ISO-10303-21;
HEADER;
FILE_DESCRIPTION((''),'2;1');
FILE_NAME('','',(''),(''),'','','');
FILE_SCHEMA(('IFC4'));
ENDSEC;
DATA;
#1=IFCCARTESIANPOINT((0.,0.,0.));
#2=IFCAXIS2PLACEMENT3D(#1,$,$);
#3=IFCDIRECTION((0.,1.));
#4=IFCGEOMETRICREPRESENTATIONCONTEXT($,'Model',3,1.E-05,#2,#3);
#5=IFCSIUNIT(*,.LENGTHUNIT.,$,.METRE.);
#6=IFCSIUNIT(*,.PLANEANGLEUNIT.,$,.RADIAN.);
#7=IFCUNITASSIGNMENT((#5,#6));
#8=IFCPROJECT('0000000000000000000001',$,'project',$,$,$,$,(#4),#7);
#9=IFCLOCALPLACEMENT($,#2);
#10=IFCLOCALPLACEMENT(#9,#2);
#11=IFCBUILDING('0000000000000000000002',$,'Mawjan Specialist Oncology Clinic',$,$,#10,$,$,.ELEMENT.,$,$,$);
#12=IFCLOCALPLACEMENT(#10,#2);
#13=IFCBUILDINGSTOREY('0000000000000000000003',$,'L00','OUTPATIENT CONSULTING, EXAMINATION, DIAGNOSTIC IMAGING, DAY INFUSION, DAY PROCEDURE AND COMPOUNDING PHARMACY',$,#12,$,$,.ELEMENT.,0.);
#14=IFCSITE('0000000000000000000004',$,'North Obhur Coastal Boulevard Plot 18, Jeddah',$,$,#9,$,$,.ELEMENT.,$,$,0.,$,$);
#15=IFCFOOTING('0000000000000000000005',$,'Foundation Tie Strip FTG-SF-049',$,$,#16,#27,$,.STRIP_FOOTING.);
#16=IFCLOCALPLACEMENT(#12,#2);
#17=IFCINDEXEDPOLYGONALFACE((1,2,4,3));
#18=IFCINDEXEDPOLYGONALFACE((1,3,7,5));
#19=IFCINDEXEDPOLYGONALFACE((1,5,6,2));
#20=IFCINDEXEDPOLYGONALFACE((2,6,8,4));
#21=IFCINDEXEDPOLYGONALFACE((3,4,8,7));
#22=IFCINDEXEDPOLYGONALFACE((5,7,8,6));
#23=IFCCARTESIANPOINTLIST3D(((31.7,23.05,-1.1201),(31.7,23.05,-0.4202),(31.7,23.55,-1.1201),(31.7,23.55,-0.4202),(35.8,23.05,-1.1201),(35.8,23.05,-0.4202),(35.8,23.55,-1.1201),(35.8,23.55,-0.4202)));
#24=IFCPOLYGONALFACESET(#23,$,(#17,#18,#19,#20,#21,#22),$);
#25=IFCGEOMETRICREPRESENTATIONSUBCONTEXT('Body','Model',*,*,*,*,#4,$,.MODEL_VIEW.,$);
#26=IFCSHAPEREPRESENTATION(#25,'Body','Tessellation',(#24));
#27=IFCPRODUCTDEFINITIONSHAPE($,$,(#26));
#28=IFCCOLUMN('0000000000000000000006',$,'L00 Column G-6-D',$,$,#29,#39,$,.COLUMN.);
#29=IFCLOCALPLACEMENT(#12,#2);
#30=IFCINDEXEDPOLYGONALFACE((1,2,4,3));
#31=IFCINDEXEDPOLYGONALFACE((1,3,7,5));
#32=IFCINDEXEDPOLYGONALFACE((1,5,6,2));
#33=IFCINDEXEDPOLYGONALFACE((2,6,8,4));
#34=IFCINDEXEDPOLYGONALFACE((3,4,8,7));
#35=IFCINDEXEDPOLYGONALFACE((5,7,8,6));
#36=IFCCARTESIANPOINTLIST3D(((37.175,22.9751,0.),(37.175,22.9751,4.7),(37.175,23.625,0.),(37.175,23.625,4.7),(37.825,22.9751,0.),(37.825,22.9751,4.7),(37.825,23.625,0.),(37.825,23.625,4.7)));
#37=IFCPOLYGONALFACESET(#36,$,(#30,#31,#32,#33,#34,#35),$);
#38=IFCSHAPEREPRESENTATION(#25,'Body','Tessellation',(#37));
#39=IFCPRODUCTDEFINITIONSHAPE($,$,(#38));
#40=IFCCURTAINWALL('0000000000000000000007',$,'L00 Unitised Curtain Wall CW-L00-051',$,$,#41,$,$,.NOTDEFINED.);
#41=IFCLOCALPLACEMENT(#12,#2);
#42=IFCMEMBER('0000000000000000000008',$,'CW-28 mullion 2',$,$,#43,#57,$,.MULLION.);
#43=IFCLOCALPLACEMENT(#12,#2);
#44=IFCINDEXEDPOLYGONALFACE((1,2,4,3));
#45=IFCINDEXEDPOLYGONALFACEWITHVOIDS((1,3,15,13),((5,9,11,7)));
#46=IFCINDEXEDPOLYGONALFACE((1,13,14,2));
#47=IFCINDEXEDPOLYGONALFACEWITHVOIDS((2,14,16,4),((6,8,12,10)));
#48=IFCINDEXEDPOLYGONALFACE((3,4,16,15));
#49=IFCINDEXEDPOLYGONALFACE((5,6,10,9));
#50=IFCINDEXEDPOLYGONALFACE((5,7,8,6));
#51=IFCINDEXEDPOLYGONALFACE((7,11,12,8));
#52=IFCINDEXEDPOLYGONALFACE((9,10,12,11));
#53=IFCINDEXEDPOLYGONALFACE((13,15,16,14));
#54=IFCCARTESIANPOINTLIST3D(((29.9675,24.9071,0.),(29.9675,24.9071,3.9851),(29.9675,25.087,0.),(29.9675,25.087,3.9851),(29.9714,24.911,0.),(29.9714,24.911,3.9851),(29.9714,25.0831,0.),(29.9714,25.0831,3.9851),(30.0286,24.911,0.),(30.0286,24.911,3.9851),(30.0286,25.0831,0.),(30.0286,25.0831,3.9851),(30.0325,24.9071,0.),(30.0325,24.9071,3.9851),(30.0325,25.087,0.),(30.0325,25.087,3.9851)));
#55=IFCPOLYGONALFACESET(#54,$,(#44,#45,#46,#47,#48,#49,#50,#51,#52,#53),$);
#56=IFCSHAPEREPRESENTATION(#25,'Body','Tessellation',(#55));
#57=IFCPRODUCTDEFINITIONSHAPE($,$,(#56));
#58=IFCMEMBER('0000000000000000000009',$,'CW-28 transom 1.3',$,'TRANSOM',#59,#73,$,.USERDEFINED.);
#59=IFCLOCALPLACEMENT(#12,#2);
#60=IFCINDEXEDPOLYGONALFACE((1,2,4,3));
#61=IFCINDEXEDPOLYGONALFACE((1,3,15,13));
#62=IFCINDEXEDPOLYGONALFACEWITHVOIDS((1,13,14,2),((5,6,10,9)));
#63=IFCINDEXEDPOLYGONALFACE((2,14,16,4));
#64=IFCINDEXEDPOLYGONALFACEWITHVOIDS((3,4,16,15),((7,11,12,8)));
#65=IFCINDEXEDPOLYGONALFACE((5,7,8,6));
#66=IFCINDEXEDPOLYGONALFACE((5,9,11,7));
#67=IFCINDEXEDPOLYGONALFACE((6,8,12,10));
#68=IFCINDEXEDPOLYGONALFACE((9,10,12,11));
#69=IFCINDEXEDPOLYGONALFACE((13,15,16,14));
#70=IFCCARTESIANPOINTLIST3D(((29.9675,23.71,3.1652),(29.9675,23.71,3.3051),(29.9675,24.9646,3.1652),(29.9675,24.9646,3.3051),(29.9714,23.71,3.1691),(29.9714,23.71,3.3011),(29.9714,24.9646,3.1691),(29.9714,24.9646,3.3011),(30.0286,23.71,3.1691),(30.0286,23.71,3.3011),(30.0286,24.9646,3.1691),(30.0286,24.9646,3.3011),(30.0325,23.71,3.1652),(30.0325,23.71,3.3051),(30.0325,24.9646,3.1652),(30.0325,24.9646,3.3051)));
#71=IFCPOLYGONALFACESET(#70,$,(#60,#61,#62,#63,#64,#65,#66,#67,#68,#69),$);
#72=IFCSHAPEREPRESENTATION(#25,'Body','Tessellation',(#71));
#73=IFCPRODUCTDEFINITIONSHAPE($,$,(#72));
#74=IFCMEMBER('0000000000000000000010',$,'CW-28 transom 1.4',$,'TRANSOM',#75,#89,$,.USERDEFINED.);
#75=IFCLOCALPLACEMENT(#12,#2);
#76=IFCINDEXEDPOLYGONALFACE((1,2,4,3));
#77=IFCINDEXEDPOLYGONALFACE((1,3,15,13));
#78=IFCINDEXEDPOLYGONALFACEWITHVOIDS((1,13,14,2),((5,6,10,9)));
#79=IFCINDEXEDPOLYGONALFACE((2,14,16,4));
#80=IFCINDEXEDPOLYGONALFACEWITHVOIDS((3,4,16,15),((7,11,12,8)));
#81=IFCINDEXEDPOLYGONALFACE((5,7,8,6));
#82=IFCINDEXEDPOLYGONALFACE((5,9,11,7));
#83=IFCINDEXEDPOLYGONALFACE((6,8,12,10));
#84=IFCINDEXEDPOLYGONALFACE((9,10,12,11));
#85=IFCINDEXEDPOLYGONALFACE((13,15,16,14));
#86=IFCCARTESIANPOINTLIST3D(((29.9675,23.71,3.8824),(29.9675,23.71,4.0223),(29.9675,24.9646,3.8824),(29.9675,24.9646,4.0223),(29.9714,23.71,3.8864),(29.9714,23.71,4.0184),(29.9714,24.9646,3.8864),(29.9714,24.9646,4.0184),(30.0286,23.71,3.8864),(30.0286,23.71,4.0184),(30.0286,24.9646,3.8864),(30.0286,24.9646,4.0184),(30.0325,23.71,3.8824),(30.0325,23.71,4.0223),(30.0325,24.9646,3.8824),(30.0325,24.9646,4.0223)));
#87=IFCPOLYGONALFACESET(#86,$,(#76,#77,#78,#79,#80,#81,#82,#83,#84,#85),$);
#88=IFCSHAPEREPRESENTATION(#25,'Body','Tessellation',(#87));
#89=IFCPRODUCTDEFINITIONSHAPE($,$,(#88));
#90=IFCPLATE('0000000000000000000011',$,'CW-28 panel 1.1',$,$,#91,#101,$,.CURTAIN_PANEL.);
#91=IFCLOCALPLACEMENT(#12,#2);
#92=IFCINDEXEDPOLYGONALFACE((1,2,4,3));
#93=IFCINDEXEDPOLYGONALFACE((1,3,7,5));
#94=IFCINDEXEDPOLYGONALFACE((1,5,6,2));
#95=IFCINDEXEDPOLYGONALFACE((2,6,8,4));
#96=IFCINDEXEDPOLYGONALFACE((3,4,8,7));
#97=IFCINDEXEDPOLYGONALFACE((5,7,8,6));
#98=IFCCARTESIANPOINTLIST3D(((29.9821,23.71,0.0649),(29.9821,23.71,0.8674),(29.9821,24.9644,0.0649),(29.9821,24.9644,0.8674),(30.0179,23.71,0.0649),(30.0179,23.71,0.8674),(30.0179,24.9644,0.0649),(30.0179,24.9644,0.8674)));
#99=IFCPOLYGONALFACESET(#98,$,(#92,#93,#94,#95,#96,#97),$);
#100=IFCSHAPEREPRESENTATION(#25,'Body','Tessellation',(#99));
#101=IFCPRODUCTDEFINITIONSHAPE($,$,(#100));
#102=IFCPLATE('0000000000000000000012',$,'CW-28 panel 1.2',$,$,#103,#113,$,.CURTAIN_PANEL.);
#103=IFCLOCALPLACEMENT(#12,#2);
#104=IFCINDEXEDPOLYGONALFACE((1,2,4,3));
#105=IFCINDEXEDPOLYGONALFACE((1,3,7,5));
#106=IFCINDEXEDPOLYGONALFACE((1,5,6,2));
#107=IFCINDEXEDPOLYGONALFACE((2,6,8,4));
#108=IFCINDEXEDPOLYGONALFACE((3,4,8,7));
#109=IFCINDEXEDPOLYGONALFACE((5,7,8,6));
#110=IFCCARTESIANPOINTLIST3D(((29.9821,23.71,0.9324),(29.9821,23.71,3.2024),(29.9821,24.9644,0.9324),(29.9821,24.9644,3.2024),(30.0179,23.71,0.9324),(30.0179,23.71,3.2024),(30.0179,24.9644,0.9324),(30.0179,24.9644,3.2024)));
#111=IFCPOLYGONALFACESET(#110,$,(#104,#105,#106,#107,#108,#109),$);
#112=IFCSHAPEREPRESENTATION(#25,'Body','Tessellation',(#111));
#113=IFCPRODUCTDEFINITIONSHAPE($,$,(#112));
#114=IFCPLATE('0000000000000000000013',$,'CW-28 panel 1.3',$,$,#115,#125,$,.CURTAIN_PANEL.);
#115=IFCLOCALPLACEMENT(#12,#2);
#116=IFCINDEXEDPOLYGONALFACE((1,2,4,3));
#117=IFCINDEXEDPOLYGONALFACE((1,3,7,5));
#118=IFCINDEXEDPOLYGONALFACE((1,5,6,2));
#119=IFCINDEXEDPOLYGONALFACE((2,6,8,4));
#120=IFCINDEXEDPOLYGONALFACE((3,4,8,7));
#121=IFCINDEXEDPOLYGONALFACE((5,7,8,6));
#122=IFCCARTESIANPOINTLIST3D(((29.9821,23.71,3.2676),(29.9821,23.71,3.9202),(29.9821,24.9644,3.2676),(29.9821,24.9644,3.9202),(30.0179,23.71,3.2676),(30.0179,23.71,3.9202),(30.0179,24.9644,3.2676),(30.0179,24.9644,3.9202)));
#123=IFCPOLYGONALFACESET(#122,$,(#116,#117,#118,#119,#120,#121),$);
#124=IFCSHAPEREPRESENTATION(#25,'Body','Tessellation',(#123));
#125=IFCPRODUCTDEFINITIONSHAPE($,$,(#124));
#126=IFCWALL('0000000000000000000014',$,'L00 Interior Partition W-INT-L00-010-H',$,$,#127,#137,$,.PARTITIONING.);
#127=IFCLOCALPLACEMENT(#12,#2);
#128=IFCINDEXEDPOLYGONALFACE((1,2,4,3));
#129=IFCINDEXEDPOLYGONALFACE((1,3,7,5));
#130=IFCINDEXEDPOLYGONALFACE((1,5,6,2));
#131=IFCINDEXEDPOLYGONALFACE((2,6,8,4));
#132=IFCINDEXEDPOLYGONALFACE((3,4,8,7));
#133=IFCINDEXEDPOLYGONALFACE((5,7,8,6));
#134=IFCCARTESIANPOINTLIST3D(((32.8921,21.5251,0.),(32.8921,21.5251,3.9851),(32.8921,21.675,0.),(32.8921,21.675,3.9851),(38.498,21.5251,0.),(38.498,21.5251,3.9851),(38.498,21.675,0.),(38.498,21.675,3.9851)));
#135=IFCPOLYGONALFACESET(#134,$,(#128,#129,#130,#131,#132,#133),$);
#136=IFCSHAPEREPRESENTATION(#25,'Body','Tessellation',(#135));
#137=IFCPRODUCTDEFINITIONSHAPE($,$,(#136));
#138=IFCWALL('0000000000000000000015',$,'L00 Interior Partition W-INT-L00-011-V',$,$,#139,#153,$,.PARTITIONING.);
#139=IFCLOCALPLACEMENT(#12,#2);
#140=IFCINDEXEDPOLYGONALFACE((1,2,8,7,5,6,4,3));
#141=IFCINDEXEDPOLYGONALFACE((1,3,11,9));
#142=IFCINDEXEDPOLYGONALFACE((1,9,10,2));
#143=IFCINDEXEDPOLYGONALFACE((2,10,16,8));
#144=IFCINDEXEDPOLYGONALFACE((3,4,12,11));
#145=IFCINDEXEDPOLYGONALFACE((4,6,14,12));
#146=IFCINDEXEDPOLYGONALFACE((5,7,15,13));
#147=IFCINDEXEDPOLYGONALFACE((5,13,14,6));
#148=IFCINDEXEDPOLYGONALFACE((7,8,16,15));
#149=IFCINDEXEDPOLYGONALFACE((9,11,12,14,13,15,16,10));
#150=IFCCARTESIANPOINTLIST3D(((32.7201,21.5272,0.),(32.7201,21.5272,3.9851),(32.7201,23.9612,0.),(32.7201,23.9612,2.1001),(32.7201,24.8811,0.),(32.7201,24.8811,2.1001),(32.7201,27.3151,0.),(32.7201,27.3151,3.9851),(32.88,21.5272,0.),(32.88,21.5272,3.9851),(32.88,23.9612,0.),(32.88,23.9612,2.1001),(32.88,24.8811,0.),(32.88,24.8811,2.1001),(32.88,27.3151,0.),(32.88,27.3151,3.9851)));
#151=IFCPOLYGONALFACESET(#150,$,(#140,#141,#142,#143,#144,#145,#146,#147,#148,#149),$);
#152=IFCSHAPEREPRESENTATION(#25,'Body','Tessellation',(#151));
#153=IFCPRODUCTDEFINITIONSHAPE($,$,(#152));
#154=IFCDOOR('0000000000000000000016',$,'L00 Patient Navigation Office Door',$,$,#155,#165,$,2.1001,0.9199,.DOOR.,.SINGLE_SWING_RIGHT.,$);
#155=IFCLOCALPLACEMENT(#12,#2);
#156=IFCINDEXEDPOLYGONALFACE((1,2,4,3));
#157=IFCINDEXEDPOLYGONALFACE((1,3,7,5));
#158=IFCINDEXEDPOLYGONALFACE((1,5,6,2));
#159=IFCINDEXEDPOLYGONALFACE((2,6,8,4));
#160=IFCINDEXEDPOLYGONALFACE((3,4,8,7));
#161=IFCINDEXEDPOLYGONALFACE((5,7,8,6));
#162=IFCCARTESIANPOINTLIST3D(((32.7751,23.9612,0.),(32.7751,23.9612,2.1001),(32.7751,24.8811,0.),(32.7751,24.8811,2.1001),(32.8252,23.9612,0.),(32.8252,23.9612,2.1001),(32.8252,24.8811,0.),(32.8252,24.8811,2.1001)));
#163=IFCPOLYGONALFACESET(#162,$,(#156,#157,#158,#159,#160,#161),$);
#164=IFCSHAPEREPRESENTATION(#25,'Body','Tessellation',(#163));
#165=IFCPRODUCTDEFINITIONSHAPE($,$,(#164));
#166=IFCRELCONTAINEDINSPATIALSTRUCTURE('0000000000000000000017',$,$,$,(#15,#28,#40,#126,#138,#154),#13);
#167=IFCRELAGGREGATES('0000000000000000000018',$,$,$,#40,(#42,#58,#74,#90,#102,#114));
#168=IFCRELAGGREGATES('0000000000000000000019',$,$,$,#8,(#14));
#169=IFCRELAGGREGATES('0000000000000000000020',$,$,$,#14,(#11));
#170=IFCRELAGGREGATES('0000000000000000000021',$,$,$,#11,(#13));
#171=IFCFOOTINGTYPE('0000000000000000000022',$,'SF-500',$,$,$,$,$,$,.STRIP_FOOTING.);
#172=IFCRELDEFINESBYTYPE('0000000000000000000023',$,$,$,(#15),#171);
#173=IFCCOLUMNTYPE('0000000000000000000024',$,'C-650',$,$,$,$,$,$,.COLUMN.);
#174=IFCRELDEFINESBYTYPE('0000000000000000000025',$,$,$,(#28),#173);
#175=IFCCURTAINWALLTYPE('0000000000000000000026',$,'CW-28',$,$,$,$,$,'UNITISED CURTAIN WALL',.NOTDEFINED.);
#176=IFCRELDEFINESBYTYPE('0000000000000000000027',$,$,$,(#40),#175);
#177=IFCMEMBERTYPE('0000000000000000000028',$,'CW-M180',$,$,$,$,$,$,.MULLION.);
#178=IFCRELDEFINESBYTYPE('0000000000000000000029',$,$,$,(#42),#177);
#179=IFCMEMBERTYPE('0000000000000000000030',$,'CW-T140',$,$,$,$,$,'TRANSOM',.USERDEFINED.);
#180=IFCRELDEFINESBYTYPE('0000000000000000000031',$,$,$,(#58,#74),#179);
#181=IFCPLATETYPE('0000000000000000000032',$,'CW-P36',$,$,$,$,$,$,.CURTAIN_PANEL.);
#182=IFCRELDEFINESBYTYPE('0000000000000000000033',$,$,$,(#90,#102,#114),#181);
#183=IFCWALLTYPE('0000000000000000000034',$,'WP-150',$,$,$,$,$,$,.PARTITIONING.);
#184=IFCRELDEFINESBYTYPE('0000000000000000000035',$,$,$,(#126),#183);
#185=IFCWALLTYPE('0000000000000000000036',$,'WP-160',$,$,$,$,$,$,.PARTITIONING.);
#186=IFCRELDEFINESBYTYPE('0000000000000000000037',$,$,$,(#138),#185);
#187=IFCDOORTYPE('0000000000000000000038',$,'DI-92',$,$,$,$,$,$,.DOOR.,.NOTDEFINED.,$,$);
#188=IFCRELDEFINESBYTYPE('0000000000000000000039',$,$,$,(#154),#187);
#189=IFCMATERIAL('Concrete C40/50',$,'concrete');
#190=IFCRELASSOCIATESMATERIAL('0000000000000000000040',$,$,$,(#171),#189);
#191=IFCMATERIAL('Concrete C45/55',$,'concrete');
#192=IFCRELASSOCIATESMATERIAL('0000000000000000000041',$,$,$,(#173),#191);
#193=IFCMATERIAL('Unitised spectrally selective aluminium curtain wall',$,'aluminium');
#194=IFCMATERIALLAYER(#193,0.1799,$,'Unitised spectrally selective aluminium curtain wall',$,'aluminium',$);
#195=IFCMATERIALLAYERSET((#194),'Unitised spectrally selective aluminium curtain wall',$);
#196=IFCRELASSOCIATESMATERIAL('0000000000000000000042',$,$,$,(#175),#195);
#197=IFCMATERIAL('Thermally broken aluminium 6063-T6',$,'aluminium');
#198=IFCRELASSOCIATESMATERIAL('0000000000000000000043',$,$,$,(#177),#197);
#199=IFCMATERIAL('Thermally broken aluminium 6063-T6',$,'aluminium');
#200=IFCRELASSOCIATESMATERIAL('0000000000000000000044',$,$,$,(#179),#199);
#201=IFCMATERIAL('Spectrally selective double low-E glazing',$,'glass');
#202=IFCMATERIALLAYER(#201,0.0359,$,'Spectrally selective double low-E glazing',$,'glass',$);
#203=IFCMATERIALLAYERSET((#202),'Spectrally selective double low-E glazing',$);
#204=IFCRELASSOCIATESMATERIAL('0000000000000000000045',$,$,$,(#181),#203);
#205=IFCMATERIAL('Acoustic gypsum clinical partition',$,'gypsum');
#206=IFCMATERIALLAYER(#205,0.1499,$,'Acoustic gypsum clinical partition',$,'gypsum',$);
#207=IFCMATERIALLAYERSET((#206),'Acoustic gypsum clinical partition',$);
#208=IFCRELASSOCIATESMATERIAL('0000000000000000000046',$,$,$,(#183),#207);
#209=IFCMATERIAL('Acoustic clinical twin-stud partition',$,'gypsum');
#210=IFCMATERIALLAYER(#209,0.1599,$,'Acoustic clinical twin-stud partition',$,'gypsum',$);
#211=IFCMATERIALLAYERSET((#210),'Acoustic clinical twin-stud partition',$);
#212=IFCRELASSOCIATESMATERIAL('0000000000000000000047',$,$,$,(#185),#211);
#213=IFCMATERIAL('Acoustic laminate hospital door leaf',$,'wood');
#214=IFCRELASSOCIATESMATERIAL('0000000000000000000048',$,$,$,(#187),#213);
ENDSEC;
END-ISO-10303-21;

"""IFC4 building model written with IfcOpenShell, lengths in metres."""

from ifc_helpers import new_model, si_unit, direction, frame, frame_2d, origin, origin_2d, place, context, subcontext, project, spatial, rectangle, hollow_rectangle, extrude, material, layer, layer_set, material_profile, profile_set, type_object, element, fill, aggregate, save


model = new_model("IFC4")

# Units and contexts
model_context = context("Model", 3, precision=1e-05, world=origin(), true_north=direction((0.0, 1.0)))
body_context = subcontext(model_context, "Body", "Model", "MODEL_VIEW")
ifc_project = project(units=[si_unit("LENGTHUNIT", "METRE"), si_unit("PLANEANGLEUNIT", "RADIAN")], contexts=[model_context])

# Site, building, storey
site_placement = place(None, origin())
site = spatial("IfcSite", under=ifc_project, at=site_placement, Name="North Obhur Coastal Boulevard Plot 18, Jeddah", CompositionType="ELEMENT", RefElevation=0.0)
building_placement = place(site_placement, origin())
building = spatial("IfcBuilding", under=site, at=building_placement, Name="Mawjan Specialist Oncology Clinic", CompositionType="ELEMENT")
storey_placement = place(building_placement, origin())
storey = spatial("IfcBuildingStorey", under=building, at=storey_placement, Name="L00", Description="OUTPATIENT CONSULTING, EXAMINATION, DIAGNOSTIC IMAGING, DAY INFUSION, DAY PROCEDURE AND COMPOUNDING PHARMACY", CompositionType="ELEMENT", Elevation=0.0)

# Footing
ifc_material_1 = material(Name="Concrete C40/50", Category="concrete")
footing_type_1 = type_object("IfcFootingType", Name="SF-500", PredefinedType="STRIP_FOOTING", material=ifc_material_1)
footing_1_placement = place(storey_placement, frame((33.75, 23.3, -1.1201), z_axis=(0.0, 0.0, 1.0), x_axis=(1.0, 0.0, 0.0)))
element("IfcFooting", 1, at=footing_1_placement, inside=storey, type_object=footing_type_1, Name="Foundation Tie Strip FTG-SF-049", PredefinedType="STRIP_FOOTING", context=body_context, shape_type="SweptSolid", body=[
    extrude(rectangle(XDim=4.1001, YDim=0.5, at=origin_2d()), origin(), (0.0, 0.0, 1.0), 0.7),
])

# Column
ifc_material_2 = material(Name="Concrete C45/55", Category="concrete")
ifc_material_profile_1 = material_profile(ifc_material_2, rectangle(XDim=0.6499, YDim=0.6499, at=origin_2d()), Name="RC COL 650x650", Category="concrete")
ifc_profile_set_1 = profile_set([ifc_material_profile_1], Name="Concrete C45/55")
column_type = type_object("IfcColumnType", Name="C-650", PredefinedType="COLUMN", material=ifc_profile_set_1)
column_placement = place(storey_placement, frame((37.5, 23.3, 0.0), z_axis=(0.0, 0.0, 1.0), x_axis=(1.0, 0.0, 0.0)))
element("IfcColumn", 2, at=column_placement, inside=storey, type_object=column_type, Name="L00 Column G-6-D", PredefinedType="COLUMN", context=body_context, shape_type="SweptSolid", body=[
    extrude(rectangle(XDim=0.6499, YDim=0.6499, at=origin_2d()), origin(), (0.0, 0.0, 1.0), 4.7),
])

# Curtain wall, members, plates
ifc_material_3 = material(Name="Unitised spectrally selective aluminium curtain wall", Category="aluminium")
ifc_layer_1 = layer(ifc_material_3, 0.1799, Name="Unitised spectrally selective aluminium curtain wall", Category="aluminium")
ifc_layer_set_1 = layer_set([ifc_layer_1], Name="Unitised spectrally selective aluminium curtain wall")
curtain_wall_type = type_object("IfcCurtainWallType", Name="CW-28", ElementType="UNITISED CURTAIN WALL", PredefinedType="NOTDEFINED", material=ifc_layer_set_1)
curtain_wall_placement = place(storey_placement, origin())
curtain_wall = element("IfcCurtainWall", 3, at=curtain_wall_placement, inside=storey, type_object=curtain_wall_type, Name="L00 Unitised Curtain Wall CW-L00-051", PredefinedType="NOTDEFINED")
ifc_material_4 = material(Name="Thermally broken aluminium 6063-T6", Category="aluminium")
ifc_material_profile_2 = material_profile(ifc_material_4, hollow_rectangle(XDim=0.0649, YDim=0.1799, WallThickness=0.0039, at=origin_2d()), Name="ALU MULLION 180x65x4", Category="aluminium")
ifc_profile_set_2 = profile_set([ifc_material_profile_2], Name="Thermally broken aluminium 6063-T6")
member_type_1 = type_object("IfcMemberType", Name="CW-M180", PredefinedType="MULLION", material=ifc_profile_set_2)
member_1_placement = place(storey_placement, frame((30.0, 24.9971, 0.0), z_axis=(0.0, 0.0, 1.0), x_axis=(-1.0, 0.0, 0.0)))
member_1 = element("IfcMember", 4, at=member_1_placement, type_object=member_type_1, Name="CW-28 mullion 2", PredefinedType="MULLION", context=body_context, shape_type="SweptSolid", body=[
    extrude(hollow_rectangle(XDim=0.0649, YDim=0.1799, WallThickness=0.0039, at=origin_2d()), origin(), (0.0, 0.0, 1.0), 3.9851),
])
ifc_material_5 = material(Name="Thermally broken aluminium 6063-T6", Category="aluminium")
ifc_material_profile_3 = material_profile(ifc_material_5, hollow_rectangle(XDim=0.0649, YDim=0.1399, WallThickness=0.0039, at=origin_2d()), Name="ALU TRANSOM 140x65x4", Category="aluminium")
ifc_profile_set_3 = profile_set([ifc_material_profile_3], Name="Thermally broken aluminium 6063-T6")
member_type_2 = type_object("IfcMemberType", Name="CW-T140", ElementType="TRANSOM", PredefinedType="USERDEFINED", material=ifc_profile_set_3)
member_2_placement = place(storey_placement, frame((30.0, 23.71, 3.2351), z_axis=(0.0, 1.0, 0.0), x_axis=(-1.0, 0.0, 0.0)))
member_2 = element("IfcMember", 5, at=member_2_placement, type_object=member_type_2, Name="CW-28 transom 1.3", ObjectType="TRANSOM", PredefinedType="USERDEFINED", context=body_context, shape_type="SweptSolid", body=[
    extrude(hollow_rectangle(XDim=0.0649, YDim=0.1399, WallThickness=0.0039, at=origin_2d()), origin(), (0.0, 0.0, 1.0), 1.2546),
])
member_3_placement = place(storey_placement, frame((30.0, 23.71, 3.9524), z_axis=(0.0, 1.0, 0.0), x_axis=(-1.0, 0.0, 0.0)))
member_3 = element("IfcMember", 6, at=member_3_placement, type_object=member_type_2, Name="CW-28 transom 1.4", ObjectType="TRANSOM", PredefinedType="USERDEFINED", context=body_context, shape_type="SweptSolid", body=[
    extrude(hollow_rectangle(XDim=0.0649, YDim=0.1399, WallThickness=0.0039, at=origin_2d()), origin(), (0.0, 0.0, 1.0), 1.2546),
])
ifc_material_6 = material(Name="Spectrally selective double low-E glazing", Category="glass")
ifc_layer_2 = layer(ifc_material_6, 0.0359, Name="Spectrally selective double low-E glazing", Category="glass")
ifc_layer_set_2 = layer_set([ifc_layer_2], Name="Spectrally selective double low-E glazing")
plate_type = type_object("IfcPlateType", Name="CW-P36", PredefinedType="CURTAIN_PANEL", material=ifc_layer_set_2)
plate_1_placement = place(storey_placement, frame((30.0, 24.3372, 0.0649), z_axis=(0.0, 0.0, 1.0), x_axis=(0.0, 1.0, 0.0)))
plate_1 = element("IfcPlate", 7, at=plate_1_placement, type_object=plate_type, Name="CW-28 panel 1.1", PredefinedType="CURTAIN_PANEL", context=body_context, shape_type="SweptSolid", body=[
    extrude(rectangle(XDim=1.2544, YDim=0.0359, at=origin_2d()), origin(), (0.0, 0.0, 1.0), 0.8025),
])
plate_2_placement = place(storey_placement, frame((30.0, 24.3372, 0.9324), z_axis=(0.0, 0.0, 1.0), x_axis=(0.0, 1.0, 0.0)))
plate_2 = element("IfcPlate", 8, at=plate_2_placement, type_object=plate_type, Name="CW-28 panel 1.2", PredefinedType="CURTAIN_PANEL", context=body_context, shape_type="SweptSolid", body=[
    extrude(rectangle(XDim=1.2544, YDim=0.0359, at=origin_2d()), origin(), (0.0, 0.0, 1.0), 2.27),
])
plate_3_placement = place(storey_placement, frame((30.0, 24.3372, 3.2676), z_axis=(0.0, 0.0, 1.0), x_axis=(0.0, 1.0, 0.0)))
plate_3 = element("IfcPlate", 9, at=plate_3_placement, type_object=plate_type, Name="CW-28 panel 1.3", PredefinedType="CURTAIN_PANEL", context=body_context, shape_type="SweptSolid", body=[
    extrude(rectangle(XDim=1.2544, YDim=0.0359, at=origin_2d()), origin(), (0.0, 0.0, 1.0), 0.6526),
])
aggregate(curtain_wall, [member_1, member_2, member_3, plate_1, plate_2, plate_3])

# Wall
ifc_material_7 = material(Name="Acoustic gypsum clinical partition", Category="gypsum")
ifc_layer_3 = layer(ifc_material_7, 0.1499, Name="Acoustic gypsum clinical partition", Category="gypsum")
ifc_layer_set_3 = layer_set([ifc_layer_3], Name="Acoustic gypsum clinical partition")
wall_type_1 = type_object("IfcWallType", Name="WP-150", PredefinedType="PARTITIONING", material=ifc_layer_set_3)
wall_1_placement = place(storey_placement, frame((32.8921, 21.6001, 0.0), z_axis=(0.0, 0.0, 1.0), x_axis=(1.0, 0.0, 0.0)))
element("IfcWall", 10, at=wall_1_placement, inside=storey, type_object=wall_type_1, Name="L00 Interior Partition W-INT-L00-010-H", PredefinedType="PARTITIONING", context=body_context, shape_type="SweptSolid", body=[
    extrude(rectangle(XDim=5.606, YDim=0.1499, at=frame_2d((2.803, 0.0))), origin(), (0.0, 0.0, 1.0), 3.9851),
])

# Wall, opening, door
ifc_material_8 = material(Name="Acoustic clinical twin-stud partition", Category="gypsum")
ifc_layer_4 = layer(ifc_material_8, 0.1599, Name="Acoustic clinical twin-stud partition", Category="gypsum")
ifc_layer_set_4 = layer_set([ifc_layer_4], Name="Acoustic clinical twin-stud partition")
wall_type_2 = type_object("IfcWallType", Name="WP-160", PredefinedType="PARTITIONING", material=ifc_layer_set_4)
wall_2_placement = place(storey_placement, frame((32.8, 21.5271, 0.0), z_axis=(0.0, 0.0, 1.0), x_axis=(0.0, 1.0, 0.0)))
wall_2 = element("IfcWall", 11, at=wall_2_placement, inside=storey, type_object=wall_type_2, Name="L00 Interior Partition W-INT-L00-011-V", PredefinedType="PARTITIONING", context=body_context, shape_type="SweptSolid", body=[
    extrude(rectangle(XDim=5.7878, YDim=0.1599, at=frame_2d((2.894, 0.0))), origin(), (0.0, 0.0, 1.0), 3.9851),
])
opening_placement = place(wall_2_placement, frame((2.4341, 0.0, 0.0)))
opening = element("IfcOpeningElement", 12, at=opening_placement, cuts=wall_2, PredefinedType="OPENING", context=body_context, shape_type="SweptSolid", body=[
    extrude(rectangle(XDim=0.9199, YDim=2.1001, at=frame_2d((0.46, 1.05))), frame((0.0, 0.092, 0.0), z_axis=(0.0, -1.0, 0.0), x_axis=(1.0, 0.0, 0.0)), (0.0, 0.0, 1.0), 0.1838),
])
ifc_material_9 = material(Name="Acoustic laminate hospital door leaf", Category="wood")
door_type = type_object("IfcDoorType", Name="DI-92", OperationType="NOTDEFINED", PredefinedType="DOOR", material=ifc_material_9)
door_placement = place(opening_placement, origin())
door = element("IfcDoor", 13, at=door_placement, inside=storey, type_object=door_type, Name="L00 Patient Navigation Office Door", OperationType="SINGLE_SWING_RIGHT", OverallHeight=2.1001, OverallWidth=0.9199, PredefinedType="DOOR", context=body_context, shape_type="SweptSolid", body=[
    extrude(rectangle(XDim=0.9199, YDim=2.1001, at=frame_2d((0.46, 1.05))), frame((0.0, 0.0249, 0.0), z_axis=(0.0, -1.0, 0.0), x_axis=(1.0, 0.0, 0.0)), (0.0, 0.0, 1.0), 0.05),
])
fill(opening, door)

save(model, "model.ifc")
